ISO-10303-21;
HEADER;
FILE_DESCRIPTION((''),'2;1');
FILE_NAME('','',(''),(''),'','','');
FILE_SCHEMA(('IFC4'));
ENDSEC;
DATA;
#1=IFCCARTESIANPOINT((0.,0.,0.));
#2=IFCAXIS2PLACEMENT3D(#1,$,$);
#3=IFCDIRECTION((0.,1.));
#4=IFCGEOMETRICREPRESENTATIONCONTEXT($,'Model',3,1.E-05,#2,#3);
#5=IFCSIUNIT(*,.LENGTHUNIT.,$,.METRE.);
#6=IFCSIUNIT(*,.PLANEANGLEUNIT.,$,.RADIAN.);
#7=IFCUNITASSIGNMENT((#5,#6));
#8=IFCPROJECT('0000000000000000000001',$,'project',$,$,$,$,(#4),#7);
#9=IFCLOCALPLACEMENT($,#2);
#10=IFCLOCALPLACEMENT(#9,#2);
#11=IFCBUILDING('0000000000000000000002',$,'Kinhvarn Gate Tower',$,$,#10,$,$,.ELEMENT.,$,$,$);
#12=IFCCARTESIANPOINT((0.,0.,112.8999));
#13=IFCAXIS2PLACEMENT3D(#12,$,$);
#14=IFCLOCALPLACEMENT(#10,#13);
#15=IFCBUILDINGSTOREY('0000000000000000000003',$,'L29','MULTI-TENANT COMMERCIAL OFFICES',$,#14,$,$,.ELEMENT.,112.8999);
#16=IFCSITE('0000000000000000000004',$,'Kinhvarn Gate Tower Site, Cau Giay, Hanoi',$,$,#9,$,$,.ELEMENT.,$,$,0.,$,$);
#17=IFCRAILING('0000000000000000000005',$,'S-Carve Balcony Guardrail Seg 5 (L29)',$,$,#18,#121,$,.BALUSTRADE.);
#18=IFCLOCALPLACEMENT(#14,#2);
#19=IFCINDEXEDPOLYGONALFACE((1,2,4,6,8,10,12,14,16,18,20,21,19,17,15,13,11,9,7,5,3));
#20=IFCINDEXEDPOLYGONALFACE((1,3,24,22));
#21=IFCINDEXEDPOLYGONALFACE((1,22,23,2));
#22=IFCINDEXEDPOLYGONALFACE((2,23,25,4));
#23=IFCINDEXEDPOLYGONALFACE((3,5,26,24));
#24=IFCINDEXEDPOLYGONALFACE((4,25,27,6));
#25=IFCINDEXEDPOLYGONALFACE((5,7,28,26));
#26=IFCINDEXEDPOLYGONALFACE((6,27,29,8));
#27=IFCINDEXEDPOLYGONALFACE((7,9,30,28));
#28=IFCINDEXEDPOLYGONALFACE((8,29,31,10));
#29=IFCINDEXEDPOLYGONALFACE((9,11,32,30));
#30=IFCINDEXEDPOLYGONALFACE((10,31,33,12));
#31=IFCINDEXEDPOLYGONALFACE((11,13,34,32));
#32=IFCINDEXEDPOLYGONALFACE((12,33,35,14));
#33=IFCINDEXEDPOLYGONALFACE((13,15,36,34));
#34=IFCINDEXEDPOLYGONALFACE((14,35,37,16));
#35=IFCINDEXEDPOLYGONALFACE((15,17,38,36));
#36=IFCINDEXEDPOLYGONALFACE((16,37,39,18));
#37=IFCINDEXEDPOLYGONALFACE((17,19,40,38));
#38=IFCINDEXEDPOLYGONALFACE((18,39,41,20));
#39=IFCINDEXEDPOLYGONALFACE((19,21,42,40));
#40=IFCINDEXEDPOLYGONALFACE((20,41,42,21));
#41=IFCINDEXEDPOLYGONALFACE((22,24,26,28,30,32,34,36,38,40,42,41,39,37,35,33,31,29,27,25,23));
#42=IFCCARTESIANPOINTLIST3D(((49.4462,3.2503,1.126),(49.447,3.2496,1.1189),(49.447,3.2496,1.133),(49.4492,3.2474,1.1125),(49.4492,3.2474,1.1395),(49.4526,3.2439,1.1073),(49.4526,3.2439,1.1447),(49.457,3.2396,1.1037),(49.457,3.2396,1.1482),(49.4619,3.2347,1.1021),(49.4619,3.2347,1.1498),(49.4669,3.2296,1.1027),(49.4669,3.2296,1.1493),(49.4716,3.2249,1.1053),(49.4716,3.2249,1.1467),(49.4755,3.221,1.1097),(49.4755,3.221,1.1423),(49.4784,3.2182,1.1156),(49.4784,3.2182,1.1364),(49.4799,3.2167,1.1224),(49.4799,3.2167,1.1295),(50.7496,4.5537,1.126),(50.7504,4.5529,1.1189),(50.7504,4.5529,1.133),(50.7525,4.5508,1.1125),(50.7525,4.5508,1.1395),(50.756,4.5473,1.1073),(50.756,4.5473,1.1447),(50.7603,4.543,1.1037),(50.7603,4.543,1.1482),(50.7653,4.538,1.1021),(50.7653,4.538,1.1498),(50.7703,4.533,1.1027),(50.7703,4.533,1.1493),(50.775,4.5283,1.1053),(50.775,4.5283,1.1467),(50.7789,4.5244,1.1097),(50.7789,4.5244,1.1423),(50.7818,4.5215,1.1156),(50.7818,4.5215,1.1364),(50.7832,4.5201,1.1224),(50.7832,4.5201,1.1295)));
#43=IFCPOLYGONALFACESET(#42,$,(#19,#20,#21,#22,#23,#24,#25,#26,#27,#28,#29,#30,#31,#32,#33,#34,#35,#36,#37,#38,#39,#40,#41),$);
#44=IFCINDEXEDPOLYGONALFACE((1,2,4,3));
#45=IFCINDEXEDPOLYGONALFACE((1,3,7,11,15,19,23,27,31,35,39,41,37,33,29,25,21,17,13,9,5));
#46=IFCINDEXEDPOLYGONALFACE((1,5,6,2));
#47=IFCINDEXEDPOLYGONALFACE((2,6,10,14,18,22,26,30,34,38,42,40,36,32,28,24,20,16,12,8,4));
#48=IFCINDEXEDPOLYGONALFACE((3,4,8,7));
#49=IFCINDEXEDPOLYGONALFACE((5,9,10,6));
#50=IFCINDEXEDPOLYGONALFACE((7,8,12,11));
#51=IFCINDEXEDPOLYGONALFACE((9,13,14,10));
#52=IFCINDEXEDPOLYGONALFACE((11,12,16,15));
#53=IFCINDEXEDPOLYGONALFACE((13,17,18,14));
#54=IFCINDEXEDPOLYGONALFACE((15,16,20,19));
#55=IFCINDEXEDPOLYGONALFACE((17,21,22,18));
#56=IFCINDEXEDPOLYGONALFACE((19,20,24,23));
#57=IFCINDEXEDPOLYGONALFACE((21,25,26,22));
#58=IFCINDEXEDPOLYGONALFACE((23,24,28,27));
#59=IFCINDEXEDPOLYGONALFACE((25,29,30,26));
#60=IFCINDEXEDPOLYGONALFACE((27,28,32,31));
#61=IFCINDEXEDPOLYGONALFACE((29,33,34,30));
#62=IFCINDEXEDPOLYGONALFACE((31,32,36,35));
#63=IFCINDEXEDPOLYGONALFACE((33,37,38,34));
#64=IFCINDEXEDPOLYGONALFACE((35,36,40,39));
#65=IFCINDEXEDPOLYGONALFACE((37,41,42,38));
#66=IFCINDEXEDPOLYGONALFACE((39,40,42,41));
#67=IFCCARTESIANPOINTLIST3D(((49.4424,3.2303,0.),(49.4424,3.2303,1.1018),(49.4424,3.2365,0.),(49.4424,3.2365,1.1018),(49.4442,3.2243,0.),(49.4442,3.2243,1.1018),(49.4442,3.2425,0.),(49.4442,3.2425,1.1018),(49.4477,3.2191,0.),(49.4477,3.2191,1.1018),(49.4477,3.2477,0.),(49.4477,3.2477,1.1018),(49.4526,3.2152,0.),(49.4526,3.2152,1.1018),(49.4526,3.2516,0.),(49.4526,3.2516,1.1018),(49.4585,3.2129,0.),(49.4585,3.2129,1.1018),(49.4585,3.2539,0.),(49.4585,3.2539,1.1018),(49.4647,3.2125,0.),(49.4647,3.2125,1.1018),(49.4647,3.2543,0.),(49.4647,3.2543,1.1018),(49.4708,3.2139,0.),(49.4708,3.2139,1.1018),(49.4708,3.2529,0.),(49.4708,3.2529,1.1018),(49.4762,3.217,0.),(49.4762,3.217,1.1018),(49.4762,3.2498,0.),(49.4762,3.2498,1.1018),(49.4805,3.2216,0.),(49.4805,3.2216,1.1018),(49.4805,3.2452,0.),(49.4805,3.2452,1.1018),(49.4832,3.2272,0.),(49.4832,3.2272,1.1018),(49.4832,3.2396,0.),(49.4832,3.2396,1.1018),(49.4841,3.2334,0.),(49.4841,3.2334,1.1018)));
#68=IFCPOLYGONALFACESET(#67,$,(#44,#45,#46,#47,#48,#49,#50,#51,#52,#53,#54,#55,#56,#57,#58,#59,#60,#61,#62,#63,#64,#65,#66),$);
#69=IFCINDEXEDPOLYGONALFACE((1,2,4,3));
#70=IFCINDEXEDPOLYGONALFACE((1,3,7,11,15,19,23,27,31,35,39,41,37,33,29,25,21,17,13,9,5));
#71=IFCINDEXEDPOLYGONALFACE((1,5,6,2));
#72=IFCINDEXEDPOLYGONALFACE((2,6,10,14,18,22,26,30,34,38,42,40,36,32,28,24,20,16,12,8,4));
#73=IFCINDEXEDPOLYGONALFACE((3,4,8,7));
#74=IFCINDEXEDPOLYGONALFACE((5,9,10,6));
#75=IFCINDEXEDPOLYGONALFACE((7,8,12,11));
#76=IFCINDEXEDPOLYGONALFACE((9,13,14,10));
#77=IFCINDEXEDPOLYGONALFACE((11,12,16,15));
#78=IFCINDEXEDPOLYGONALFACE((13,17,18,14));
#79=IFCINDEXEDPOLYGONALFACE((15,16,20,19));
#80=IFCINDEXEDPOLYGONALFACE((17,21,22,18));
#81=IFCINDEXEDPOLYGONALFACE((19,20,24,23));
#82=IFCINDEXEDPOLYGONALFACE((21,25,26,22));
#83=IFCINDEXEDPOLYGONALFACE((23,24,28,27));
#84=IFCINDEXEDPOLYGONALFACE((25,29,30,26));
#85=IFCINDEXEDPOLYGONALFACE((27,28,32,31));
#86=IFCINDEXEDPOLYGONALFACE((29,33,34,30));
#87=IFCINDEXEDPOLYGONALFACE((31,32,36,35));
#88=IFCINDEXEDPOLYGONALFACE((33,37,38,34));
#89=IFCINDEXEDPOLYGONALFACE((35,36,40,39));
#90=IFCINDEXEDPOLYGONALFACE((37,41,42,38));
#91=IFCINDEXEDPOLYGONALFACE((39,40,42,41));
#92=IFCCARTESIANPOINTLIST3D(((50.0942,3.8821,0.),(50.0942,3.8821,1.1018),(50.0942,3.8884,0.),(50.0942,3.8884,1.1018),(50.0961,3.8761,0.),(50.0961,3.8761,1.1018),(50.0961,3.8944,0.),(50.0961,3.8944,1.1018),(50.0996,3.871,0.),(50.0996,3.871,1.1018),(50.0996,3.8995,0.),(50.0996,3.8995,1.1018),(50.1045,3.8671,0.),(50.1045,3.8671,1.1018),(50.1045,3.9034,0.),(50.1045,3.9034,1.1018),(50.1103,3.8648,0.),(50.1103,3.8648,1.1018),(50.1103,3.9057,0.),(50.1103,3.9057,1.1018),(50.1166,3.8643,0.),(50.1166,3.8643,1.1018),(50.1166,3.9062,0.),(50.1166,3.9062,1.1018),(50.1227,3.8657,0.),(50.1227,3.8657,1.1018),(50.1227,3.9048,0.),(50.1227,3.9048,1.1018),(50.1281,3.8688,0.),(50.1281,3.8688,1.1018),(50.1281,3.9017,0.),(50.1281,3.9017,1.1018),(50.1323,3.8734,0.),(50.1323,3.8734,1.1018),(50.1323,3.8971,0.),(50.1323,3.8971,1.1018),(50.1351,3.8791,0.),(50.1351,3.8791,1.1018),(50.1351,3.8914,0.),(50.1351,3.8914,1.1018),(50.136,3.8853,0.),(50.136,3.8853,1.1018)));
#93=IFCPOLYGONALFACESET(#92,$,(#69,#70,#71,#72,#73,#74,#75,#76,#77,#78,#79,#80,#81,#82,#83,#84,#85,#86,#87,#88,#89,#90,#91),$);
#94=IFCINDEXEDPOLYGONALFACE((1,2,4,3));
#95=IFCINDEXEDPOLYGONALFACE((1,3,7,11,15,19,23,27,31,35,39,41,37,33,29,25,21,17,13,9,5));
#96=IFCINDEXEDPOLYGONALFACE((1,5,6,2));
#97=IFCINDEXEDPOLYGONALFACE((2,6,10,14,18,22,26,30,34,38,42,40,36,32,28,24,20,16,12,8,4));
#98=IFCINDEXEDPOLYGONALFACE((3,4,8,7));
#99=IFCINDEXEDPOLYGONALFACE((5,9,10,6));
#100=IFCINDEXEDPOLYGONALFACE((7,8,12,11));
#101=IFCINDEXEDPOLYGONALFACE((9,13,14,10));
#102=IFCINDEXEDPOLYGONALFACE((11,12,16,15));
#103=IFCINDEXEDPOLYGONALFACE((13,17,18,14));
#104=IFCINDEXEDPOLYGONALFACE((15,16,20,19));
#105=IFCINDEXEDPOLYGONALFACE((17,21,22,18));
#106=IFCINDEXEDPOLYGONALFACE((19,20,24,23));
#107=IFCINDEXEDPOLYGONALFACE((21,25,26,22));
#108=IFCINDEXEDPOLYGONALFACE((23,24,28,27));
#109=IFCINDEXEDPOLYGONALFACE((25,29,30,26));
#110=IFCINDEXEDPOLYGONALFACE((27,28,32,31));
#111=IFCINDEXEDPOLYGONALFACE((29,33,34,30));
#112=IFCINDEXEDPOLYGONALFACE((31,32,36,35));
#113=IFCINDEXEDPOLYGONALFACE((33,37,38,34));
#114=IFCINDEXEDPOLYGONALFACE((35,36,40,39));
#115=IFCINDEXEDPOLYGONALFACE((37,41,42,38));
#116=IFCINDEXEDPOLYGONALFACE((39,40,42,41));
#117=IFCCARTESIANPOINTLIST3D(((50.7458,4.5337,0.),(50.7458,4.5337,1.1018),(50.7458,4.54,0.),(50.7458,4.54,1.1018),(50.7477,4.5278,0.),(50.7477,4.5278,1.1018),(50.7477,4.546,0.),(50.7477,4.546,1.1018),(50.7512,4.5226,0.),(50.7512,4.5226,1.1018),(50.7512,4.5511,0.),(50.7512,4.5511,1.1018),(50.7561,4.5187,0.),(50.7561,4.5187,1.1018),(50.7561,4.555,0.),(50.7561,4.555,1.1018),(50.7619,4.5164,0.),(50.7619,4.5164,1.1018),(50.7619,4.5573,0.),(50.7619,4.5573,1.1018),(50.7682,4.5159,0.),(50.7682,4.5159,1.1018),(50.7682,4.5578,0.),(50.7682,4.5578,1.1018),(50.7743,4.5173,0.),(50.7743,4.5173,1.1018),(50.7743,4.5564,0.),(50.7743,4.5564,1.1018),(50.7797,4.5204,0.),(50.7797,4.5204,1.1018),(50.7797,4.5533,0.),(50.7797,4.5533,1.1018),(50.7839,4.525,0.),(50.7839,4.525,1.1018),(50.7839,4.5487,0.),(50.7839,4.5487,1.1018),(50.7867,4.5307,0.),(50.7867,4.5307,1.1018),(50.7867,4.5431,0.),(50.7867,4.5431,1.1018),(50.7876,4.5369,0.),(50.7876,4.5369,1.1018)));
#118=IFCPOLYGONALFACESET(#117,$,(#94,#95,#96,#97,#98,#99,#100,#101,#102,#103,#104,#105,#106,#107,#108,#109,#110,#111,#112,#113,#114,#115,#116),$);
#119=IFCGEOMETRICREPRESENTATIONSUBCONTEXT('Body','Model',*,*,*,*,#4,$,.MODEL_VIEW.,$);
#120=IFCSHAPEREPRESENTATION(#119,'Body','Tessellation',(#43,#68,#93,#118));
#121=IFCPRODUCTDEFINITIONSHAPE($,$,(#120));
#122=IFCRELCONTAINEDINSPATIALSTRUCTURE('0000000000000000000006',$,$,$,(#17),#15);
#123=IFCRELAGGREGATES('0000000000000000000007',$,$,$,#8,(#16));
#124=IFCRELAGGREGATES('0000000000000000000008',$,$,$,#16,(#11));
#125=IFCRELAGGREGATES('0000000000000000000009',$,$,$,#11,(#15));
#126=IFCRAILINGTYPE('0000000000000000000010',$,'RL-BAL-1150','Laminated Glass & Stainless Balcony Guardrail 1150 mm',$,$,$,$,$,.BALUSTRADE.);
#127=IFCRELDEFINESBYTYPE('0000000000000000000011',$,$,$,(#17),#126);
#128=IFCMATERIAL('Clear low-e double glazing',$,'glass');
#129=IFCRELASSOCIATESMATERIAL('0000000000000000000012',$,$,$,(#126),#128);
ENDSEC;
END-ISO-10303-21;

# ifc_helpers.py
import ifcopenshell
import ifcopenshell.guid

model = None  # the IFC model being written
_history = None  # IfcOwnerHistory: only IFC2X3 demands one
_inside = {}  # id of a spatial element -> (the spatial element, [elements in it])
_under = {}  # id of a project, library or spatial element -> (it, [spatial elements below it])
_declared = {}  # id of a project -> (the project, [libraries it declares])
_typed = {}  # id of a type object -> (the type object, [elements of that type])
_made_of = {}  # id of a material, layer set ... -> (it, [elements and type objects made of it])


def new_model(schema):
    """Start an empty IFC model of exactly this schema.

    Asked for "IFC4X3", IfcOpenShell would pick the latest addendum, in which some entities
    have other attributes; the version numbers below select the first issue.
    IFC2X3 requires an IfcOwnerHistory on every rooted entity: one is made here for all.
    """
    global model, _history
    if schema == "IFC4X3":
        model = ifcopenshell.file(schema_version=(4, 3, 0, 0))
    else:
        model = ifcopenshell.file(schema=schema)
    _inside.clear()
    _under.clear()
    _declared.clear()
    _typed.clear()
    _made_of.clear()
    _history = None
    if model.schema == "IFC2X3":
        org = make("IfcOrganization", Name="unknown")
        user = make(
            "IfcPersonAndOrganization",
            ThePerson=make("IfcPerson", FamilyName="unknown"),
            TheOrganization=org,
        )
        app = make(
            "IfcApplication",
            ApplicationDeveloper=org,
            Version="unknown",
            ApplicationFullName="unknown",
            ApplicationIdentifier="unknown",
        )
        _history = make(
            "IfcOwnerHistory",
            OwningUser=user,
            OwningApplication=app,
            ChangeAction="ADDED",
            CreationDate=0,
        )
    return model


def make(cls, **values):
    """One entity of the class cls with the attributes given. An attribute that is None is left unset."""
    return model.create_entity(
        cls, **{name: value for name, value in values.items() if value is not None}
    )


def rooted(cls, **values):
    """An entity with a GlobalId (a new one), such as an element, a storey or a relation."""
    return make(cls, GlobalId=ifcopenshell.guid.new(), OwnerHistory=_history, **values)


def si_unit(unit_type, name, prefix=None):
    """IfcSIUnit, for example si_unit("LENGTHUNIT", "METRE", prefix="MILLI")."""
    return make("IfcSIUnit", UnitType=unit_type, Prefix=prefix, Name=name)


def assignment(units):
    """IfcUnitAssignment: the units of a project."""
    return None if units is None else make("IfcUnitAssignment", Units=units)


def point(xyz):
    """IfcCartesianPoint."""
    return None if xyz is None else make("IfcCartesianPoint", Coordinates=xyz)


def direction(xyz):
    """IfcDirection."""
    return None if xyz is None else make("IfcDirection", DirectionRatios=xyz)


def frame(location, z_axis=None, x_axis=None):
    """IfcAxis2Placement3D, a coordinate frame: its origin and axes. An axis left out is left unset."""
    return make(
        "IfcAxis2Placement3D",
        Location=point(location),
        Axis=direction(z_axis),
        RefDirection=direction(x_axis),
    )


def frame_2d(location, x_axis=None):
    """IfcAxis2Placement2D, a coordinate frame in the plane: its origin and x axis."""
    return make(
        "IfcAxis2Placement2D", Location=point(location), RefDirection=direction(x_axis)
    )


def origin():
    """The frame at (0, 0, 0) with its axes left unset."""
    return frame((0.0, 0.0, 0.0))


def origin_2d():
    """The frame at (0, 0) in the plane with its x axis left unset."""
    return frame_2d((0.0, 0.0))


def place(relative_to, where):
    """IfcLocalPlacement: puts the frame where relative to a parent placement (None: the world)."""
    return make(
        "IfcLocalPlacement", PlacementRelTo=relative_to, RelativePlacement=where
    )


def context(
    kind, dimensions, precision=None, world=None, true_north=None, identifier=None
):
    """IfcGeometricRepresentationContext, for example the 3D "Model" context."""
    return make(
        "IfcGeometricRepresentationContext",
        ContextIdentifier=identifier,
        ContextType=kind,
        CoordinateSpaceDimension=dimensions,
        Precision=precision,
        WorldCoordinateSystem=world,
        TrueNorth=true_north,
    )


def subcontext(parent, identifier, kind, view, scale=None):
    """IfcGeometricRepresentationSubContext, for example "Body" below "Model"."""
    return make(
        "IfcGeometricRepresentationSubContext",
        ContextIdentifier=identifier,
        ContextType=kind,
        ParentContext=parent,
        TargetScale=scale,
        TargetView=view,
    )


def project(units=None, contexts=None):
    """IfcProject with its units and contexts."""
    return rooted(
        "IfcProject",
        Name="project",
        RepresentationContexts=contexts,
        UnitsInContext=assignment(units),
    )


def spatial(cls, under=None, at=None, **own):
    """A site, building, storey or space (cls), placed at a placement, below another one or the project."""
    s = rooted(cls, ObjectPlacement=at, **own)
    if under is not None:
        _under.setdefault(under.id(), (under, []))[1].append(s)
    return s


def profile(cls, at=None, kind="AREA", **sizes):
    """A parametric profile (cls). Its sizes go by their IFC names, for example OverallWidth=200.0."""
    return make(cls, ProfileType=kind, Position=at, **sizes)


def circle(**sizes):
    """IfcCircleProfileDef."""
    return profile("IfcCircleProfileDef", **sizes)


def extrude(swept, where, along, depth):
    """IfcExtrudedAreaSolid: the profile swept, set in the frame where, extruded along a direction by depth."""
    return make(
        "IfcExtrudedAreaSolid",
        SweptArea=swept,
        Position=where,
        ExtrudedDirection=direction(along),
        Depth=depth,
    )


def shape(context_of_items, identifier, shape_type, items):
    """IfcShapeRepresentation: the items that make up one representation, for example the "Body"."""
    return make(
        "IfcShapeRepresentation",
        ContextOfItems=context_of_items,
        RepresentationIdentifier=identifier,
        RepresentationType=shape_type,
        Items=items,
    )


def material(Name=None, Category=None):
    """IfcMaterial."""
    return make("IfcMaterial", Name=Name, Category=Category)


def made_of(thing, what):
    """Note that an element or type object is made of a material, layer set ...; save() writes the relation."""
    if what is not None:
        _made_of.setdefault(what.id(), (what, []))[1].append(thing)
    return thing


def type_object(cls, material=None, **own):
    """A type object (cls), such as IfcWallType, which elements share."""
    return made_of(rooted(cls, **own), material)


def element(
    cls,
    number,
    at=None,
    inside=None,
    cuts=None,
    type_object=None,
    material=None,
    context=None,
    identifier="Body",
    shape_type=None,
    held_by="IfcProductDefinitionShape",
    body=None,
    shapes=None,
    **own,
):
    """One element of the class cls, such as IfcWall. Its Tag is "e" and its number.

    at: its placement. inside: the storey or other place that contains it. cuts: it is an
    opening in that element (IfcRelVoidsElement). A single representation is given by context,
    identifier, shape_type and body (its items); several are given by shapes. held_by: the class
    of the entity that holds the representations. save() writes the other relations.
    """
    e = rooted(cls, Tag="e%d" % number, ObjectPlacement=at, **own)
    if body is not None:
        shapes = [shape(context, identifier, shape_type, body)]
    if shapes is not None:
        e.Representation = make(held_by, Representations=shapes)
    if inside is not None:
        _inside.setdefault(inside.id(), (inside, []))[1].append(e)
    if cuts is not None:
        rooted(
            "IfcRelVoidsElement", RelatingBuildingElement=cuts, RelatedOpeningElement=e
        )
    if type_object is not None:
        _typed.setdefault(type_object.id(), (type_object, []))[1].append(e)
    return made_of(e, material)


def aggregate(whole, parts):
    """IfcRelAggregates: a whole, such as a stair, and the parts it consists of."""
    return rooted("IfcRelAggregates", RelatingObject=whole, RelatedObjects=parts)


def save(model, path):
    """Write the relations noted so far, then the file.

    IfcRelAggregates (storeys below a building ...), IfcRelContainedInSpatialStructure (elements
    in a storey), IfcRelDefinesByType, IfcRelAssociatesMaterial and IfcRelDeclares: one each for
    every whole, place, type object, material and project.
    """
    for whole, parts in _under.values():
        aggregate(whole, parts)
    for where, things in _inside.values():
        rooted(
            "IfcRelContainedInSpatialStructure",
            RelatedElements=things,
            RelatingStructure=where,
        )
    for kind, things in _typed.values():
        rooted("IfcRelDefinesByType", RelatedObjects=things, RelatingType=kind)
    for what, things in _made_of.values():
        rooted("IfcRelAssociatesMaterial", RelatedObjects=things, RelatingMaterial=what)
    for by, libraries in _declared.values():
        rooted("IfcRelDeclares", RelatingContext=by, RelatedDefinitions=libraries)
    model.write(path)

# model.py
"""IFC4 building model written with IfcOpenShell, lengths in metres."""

from ifc_helpers import new_model, si_unit, direction, frame, origin, origin_2d, place, context, subcontext, project, spatial, circle, extrude, material, type_object, element, save


model = new_model("IFC4")

# Units and contexts
model_context = context("Model", 3, precision=1e-05, world=origin(), true_north=direction((0.0, 1.0)))
body_context = subcontext(model_context, "Body", "Model", "MODEL_VIEW")
ifc_project = project(units=[si_unit("LENGTHUNIT", "METRE"), si_unit("PLANEANGLEUNIT", "RADIAN")], contexts=[model_context])

# Site, building, storey
site_placement = place(None, origin())
site = spatial("IfcSite", under=ifc_project, at=site_placement, Name="Kinhvarn Gate Tower Site, Cau Giay, Hanoi", CompositionType="ELEMENT", RefElevation=0.0)
building_placement = place(site_placement, origin())
building = spatial("IfcBuilding", under=site, at=building_placement, Name="Kinhvarn Gate Tower", CompositionType="ELEMENT")
storey_placement = place(building_placement, frame((0.0, 0.0, 112.8999)))
storey = spatial("IfcBuildingStorey", under=building, at=storey_placement, Name="L29", Description="MULTI-TENANT COMMERCIAL OFFICES", CompositionType="ELEMENT", Elevation=112.8999)

# Shared definitions
ifc_material_1 = material(Name="Clear low-e double glazing", Category="glass")

# Railing
railing_type = type_object("IfcRailingType", Name="RL-BAL-1150", Description="Laminated Glass & Stainless Balcony Guardrail 1150 mm", PredefinedType="BALUSTRADE", material=ifc_material_1)
railing_1_placement = place(storey_placement, frame((49.4631, 3.2334, 0.0)))
element("IfcRailing", 1, at=railing_1_placement, inside=storey, type_object=railing_type, Name="S-Carve Balcony Guardrail Seg 5 (L29)", PredefinedType="BALUSTRADE", context=body_context, shape_type="SweptSolid", body=[
    extrude(circle(Radius=0.0239, at=origin_2d()), frame((0.0, 0.0, 1.126), z_axis=(0.707107, 0.707107, 0.0), x_axis=(-0.707107, 0.707107, 0.0)), (0.0, 0.0, 1.0), 1.8433),
    extrude(circle(Radius=0.021, at=origin_2d()), origin(), (0.0, 0.0, 1.0), 1.1018),
    extrude(circle(Radius=0.021, at=origin_2d()), frame((0.6519, 0.6519, 0.0)), (0.0, 0.0, 1.0), 1.1018),
    extrude(circle(Radius=0.021, at=origin_2d()), frame((1.3035, 1.3035, 0.0)), (0.0, 0.0, 1.0), 1.1018),
])

save(model, "model.ifc")
